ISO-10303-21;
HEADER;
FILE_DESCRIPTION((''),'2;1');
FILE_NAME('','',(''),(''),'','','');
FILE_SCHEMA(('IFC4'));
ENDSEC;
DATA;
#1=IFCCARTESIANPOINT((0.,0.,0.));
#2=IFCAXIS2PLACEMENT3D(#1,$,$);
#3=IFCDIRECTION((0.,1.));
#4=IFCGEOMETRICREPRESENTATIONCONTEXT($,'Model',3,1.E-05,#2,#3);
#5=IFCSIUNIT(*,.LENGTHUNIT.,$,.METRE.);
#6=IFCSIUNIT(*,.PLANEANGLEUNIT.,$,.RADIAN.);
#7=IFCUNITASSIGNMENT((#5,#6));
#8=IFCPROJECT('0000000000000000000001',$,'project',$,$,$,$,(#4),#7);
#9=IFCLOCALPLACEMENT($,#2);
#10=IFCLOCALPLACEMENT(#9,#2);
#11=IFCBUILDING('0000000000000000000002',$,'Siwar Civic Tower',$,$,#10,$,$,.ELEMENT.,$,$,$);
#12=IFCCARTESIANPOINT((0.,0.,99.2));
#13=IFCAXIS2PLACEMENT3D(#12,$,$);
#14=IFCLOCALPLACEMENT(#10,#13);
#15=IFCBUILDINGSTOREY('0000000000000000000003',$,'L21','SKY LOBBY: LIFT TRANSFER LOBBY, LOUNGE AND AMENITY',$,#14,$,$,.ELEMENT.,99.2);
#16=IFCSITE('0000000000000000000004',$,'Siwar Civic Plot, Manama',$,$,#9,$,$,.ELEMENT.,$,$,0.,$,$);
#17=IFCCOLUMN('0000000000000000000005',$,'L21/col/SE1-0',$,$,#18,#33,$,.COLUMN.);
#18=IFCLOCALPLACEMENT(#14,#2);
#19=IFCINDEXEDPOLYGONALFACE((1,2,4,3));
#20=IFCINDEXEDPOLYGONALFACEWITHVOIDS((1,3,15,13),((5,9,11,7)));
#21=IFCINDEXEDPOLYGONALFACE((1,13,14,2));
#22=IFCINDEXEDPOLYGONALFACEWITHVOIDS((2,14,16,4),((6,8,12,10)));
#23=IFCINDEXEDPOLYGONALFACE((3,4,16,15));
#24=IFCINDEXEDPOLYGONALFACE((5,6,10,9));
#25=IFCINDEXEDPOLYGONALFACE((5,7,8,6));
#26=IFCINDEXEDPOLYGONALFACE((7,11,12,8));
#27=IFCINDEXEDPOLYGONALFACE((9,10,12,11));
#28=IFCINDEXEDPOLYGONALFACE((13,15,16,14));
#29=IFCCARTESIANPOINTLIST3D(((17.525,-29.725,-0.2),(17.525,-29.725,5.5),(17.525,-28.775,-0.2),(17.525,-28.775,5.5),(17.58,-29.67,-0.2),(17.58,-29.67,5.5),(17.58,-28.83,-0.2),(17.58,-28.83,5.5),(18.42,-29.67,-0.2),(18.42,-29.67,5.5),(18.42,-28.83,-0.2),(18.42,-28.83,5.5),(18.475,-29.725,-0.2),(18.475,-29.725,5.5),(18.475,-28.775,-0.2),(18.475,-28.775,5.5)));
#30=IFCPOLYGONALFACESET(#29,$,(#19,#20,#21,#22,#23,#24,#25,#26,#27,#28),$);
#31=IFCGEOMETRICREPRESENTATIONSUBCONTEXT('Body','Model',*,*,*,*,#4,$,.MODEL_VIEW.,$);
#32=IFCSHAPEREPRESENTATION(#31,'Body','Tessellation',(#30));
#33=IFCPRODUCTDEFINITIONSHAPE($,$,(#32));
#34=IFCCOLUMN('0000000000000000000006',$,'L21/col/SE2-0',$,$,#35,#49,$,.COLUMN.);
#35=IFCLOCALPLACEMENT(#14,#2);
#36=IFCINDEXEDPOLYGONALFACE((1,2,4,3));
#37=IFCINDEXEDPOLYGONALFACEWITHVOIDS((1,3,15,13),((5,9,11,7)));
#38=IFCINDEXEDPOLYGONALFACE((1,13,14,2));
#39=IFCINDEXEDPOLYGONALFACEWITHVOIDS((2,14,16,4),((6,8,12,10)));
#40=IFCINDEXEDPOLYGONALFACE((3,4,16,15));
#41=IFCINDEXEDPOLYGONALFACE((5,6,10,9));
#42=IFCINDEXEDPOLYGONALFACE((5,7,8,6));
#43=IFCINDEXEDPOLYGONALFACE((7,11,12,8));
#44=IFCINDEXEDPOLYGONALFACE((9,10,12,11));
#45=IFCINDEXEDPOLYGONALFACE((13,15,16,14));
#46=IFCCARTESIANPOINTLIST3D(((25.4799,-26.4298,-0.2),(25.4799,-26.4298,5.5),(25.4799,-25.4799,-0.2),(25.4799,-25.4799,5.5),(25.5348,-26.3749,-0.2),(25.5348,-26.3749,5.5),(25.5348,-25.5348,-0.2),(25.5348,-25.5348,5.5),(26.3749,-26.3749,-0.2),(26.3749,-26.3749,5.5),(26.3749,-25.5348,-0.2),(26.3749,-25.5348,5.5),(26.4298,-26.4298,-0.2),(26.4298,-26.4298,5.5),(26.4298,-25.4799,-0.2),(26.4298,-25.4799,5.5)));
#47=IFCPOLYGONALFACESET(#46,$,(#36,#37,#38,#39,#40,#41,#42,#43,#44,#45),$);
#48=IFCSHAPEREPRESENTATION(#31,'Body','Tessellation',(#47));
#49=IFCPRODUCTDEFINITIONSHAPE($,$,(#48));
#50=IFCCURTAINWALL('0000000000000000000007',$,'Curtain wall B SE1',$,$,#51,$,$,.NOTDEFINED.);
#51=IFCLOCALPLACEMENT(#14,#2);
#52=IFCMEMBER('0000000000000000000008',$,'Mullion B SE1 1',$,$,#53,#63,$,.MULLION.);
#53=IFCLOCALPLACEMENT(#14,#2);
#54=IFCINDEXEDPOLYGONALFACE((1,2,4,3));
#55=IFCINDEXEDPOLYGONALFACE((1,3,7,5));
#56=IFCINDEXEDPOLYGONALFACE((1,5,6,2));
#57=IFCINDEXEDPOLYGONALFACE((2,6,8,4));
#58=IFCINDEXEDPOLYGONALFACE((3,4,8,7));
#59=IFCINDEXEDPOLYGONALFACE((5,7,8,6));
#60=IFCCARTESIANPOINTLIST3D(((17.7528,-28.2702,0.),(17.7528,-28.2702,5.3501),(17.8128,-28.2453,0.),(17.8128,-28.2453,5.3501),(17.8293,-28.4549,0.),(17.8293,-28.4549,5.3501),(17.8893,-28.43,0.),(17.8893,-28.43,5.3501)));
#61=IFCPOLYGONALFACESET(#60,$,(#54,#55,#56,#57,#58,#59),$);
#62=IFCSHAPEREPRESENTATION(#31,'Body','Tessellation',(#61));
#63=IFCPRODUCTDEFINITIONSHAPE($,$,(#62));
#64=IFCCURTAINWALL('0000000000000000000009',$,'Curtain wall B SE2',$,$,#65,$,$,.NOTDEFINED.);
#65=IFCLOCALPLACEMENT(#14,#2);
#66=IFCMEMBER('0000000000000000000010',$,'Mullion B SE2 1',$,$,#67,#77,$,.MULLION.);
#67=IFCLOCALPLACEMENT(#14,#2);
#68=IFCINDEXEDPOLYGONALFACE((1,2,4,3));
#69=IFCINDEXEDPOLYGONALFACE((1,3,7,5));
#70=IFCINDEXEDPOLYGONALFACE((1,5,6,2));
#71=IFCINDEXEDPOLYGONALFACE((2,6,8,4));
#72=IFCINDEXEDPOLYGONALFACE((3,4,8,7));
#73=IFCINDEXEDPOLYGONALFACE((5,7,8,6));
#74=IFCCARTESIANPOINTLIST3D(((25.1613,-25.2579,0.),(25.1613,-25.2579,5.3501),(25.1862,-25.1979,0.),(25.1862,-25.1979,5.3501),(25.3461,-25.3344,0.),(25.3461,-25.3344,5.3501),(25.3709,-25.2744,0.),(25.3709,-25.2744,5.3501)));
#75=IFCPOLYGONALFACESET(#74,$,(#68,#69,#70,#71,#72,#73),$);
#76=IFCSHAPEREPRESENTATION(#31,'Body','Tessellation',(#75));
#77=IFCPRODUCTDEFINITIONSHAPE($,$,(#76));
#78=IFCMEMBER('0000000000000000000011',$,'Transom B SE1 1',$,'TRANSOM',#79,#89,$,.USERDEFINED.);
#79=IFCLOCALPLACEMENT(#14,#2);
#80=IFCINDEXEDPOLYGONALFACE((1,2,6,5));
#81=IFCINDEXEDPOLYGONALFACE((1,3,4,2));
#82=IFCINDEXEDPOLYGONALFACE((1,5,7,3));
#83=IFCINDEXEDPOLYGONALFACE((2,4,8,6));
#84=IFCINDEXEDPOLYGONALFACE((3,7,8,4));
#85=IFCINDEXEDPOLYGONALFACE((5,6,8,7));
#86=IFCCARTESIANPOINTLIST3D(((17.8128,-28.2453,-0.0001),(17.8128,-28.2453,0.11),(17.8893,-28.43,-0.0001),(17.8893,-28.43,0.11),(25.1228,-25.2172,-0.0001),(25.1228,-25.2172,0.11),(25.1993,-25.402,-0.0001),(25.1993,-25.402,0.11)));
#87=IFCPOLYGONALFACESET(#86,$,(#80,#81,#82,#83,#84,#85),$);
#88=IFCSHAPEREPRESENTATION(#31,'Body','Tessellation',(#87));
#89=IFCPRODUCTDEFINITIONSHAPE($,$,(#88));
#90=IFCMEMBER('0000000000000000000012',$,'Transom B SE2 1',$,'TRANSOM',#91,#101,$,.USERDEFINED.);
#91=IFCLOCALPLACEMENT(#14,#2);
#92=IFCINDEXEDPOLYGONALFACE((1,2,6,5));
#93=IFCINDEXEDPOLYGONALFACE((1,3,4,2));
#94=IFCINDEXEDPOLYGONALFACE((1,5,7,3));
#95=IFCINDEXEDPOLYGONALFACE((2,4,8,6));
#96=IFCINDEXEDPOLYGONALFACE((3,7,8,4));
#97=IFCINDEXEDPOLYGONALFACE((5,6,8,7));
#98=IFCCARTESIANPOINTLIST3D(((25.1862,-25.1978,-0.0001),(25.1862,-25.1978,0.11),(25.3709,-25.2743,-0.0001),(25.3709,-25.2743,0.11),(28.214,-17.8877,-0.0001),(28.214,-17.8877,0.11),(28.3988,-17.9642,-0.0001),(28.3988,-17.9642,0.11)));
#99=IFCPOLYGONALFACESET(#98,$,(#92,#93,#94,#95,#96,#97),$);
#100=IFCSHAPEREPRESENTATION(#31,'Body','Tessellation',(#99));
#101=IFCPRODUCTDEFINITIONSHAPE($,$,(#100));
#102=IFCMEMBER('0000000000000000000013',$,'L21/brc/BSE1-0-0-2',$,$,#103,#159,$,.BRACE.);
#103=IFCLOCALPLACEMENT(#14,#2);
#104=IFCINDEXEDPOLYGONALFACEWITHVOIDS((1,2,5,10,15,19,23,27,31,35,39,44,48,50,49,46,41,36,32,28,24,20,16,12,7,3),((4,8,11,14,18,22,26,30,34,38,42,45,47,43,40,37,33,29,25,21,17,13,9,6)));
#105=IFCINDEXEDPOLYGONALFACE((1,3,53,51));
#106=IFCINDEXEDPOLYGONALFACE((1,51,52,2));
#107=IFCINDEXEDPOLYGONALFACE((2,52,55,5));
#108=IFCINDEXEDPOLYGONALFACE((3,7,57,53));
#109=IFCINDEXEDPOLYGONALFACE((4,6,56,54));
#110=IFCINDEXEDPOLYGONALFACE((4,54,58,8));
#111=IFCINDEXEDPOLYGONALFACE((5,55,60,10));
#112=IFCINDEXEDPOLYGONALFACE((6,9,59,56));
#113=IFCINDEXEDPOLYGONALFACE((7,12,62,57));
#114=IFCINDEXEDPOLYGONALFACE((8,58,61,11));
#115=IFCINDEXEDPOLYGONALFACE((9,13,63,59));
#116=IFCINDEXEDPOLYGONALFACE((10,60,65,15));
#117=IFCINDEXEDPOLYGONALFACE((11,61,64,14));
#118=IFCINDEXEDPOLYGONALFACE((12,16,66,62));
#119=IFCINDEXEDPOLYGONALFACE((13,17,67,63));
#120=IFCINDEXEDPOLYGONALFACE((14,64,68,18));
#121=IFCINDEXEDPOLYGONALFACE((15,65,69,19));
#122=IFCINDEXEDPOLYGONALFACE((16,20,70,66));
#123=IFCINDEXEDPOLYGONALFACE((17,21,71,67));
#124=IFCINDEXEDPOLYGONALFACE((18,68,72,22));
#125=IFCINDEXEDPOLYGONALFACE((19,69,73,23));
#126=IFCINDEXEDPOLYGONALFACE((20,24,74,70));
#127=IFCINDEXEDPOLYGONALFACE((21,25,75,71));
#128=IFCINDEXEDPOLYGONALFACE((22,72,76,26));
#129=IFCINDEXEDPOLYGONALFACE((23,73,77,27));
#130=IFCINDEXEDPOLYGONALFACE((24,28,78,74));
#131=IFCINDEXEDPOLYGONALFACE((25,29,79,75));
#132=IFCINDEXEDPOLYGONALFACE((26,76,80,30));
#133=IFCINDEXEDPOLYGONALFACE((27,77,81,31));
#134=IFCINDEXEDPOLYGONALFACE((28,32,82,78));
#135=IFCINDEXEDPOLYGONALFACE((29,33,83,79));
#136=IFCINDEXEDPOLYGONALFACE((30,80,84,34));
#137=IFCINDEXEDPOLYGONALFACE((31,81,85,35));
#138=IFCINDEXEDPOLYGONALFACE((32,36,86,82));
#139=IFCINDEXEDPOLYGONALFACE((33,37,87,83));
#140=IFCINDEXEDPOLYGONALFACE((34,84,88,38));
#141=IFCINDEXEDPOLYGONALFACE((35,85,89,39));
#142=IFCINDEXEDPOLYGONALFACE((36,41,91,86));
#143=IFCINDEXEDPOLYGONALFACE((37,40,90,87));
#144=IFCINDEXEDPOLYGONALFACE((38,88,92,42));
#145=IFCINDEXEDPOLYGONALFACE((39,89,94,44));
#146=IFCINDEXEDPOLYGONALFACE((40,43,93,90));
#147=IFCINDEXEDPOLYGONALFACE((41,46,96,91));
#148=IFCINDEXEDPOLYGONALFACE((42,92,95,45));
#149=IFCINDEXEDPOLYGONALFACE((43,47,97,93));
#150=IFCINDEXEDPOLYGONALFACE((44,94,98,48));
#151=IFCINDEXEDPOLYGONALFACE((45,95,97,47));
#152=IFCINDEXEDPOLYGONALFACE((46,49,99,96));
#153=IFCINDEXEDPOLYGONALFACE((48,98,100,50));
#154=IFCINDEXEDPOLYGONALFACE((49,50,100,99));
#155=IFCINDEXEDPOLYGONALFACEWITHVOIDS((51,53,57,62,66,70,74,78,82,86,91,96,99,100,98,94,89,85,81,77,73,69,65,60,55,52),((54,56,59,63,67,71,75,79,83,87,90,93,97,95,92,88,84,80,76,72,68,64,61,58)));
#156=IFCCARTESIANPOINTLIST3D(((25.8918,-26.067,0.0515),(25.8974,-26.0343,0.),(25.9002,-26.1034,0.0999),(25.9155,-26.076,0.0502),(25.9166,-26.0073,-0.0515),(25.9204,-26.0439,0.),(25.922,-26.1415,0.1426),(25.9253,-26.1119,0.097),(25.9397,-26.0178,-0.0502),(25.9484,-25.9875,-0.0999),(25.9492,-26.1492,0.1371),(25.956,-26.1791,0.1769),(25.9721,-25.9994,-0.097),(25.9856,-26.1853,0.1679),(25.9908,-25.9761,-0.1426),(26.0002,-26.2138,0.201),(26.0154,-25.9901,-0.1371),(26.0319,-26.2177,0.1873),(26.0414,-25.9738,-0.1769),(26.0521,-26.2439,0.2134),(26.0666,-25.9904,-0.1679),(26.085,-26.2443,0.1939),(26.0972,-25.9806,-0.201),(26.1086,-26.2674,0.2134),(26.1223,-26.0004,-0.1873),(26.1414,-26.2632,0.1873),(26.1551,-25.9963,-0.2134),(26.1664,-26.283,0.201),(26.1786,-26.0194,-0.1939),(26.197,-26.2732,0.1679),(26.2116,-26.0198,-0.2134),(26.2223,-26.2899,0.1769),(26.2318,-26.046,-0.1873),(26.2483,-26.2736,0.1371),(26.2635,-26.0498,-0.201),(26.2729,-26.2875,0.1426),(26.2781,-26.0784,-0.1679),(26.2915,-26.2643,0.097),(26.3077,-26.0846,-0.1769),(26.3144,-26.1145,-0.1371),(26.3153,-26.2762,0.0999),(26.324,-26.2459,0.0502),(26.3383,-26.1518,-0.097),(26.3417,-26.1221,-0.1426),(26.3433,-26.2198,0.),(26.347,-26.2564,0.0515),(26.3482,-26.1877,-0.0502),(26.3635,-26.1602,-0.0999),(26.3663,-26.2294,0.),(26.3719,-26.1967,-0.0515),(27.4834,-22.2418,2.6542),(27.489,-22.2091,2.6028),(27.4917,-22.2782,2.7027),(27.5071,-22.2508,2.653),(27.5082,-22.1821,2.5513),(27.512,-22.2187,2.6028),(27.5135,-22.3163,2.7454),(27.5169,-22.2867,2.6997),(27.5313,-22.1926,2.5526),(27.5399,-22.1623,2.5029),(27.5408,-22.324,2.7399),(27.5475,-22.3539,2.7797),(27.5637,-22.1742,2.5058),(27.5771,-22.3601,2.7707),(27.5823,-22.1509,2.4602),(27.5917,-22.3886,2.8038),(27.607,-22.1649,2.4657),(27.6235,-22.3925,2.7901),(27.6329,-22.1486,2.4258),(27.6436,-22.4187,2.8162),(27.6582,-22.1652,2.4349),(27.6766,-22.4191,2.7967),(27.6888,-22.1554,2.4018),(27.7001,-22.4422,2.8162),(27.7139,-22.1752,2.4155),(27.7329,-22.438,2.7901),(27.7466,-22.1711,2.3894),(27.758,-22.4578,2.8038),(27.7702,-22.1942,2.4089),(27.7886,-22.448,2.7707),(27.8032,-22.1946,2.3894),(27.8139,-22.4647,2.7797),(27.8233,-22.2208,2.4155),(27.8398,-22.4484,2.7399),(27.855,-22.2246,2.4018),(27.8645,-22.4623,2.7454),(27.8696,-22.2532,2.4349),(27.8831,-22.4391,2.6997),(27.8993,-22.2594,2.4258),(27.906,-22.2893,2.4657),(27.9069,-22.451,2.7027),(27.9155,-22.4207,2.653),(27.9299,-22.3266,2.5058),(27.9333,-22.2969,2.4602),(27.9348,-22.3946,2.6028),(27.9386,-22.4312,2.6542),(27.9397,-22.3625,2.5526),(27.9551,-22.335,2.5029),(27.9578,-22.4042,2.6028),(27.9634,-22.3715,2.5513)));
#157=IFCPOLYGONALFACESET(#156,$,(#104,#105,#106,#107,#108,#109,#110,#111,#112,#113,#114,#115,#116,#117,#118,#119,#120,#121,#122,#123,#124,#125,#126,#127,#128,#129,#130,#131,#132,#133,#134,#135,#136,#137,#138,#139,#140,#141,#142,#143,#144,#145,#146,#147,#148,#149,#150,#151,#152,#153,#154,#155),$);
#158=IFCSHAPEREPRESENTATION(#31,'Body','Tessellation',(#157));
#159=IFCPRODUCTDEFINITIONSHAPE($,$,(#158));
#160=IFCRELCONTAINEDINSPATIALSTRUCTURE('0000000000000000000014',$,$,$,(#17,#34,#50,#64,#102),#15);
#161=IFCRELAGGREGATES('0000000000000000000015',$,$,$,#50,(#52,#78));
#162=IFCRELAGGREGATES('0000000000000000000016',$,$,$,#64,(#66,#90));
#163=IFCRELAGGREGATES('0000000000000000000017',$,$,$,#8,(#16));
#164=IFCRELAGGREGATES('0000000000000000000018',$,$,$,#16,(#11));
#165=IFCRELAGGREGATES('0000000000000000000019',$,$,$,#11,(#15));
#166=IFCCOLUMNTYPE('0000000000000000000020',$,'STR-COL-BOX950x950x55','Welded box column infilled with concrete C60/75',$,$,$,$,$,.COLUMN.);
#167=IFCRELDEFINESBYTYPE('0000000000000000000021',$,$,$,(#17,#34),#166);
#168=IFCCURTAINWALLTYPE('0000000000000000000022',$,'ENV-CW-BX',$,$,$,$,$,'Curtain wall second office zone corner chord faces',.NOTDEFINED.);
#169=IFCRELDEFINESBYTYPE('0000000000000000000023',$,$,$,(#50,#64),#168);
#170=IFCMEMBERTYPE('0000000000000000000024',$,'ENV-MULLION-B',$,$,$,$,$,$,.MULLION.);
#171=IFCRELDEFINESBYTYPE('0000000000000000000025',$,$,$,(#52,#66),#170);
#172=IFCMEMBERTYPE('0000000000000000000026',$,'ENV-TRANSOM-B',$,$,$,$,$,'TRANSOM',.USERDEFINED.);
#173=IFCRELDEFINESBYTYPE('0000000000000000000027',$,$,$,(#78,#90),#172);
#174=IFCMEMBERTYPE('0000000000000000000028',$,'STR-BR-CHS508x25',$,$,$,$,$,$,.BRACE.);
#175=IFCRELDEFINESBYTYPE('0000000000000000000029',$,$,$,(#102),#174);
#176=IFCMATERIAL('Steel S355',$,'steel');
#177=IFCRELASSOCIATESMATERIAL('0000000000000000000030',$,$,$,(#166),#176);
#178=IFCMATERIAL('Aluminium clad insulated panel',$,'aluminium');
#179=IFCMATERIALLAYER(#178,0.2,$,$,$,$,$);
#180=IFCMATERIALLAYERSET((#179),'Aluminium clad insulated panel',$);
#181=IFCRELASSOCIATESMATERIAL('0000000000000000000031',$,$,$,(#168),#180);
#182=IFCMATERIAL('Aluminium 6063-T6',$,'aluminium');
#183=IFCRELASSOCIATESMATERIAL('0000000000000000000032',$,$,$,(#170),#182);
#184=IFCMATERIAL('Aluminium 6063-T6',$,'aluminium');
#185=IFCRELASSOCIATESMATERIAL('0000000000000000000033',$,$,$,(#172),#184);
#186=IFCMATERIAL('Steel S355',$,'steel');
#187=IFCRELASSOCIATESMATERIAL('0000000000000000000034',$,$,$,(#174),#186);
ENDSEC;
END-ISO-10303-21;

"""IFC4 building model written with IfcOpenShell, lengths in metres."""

from ifc_helpers import new_model, si_unit, direction, frame, origin, origin_2d, place, context, subcontext, project, spatial, rectangle, hollow_rectangle, hollow_circle, extrude, material, layer, layer_set, material_profile, profile_set, type_object, element, aggregate, save


model = new_model("IFC4")

# Units and contexts
model_context = context("Model", 3, precision=1e-05, world=origin(), true_north=direction((0.0, 1.0)))
body_context = subcontext(model_context, "Body", "Model", "MODEL_VIEW")
ifc_project = project(units=[si_unit("LENGTHUNIT", "METRE"), si_unit("PLANEANGLEUNIT", "RADIAN")], contexts=[model_context])

# Site, building, storey
site_placement = place(None, origin())
site = spatial("IfcSite", under=ifc_project, at=site_placement, Name="Siwar Civic Plot, Manama", CompositionType="ELEMENT", RefElevation=0.0)
building_placement = place(site_placement, origin())
building = spatial("IfcBuilding", under=site, at=building_placement, Name="Siwar Civic Tower", CompositionType="ELEMENT")
storey_placement = place(building_placement, frame((0.0, 0.0, 99.2)))
storey = spatial("IfcBuildingStorey", under=building, at=storey_placement, Name="L21", Description="SKY LOBBY: LIFT TRANSFER LOBBY, LOUNGE AND AMENITY", CompositionType="ELEMENT", Elevation=99.2)

# Columns
ifc_material_1 = material(Name="Steel S355", Category="steel")
ifc_material_profile_1 = material_profile(ifc_material_1, hollow_rectangle(XDim=0.95, YDim=0.95, WallThickness=0.0549, at=origin_2d()), Name="BOX950x950x55")
ifc_profile_set_1 = profile_set([ifc_material_profile_1], Name="Steel S355")
column_type = type_object("IfcColumnType", Name="STR-COL-BOX950x950x55", Description="Welded box column infilled with concrete C60/75", PredefinedType="COLUMN", material=ifc_profile_set_1)
for number, where, z_axis, x_axis, name in (
    (1, (18.0, -29.25, -0.2), (0.0, 0.0, 1.0), (1.0, 0.0, 0.0), "L21/col/SE1-0"),
    (2, (25.9548, -25.9548, -0.2), (0.0, 0.0, 1.0), (1.0, 0.0, 0.0), "L21/col/SE2-0"),
):
    element("IfcColumn", number, at=place(storey_placement, frame(where, z_axis=z_axis, x_axis=x_axis)), inside=storey, type_object=column_type, Name=name, PredefinedType="COLUMN", context=body_context, shape_type="SweptSolid", body=[
        extrude(hollow_rectangle(XDim=0.95, YDim=0.95, WallThickness=0.0549, at=origin_2d()), origin(), (0.0, 0.0, 1.0), 5.7),
    ])

# Curtain walls, members
ifc_material_2 = material(Name="Aluminium clad insulated panel", Category="aluminium")
ifc_layer_1 = layer(ifc_material_2, 0.2)
ifc_layer_set_1 = layer_set([ifc_layer_1], Name="Aluminium clad insulated panel")
curtain_wall_type = type_object("IfcCurtainWallType", Name="ENV-CW-BX", ElementType="Curtain wall second office zone corner chord faces", PredefinedType="NOTDEFINED", material=ifc_layer_set_1)
curtain_wall_1_placement = place(storey_placement, origin())
curtain_wall_1 = element("IfcCurtainWall", 3, at=curtain_wall_1_placement, inside=storey, type_object=curtain_wall_type, Name="Curtain wall B SE1", PredefinedType="NOTDEFINED")
ifc_material_3 = material(Name="Aluminium 6063-T6", Category="aluminium")
ifc_material_profile_2 = material_profile(ifc_material_3, rectangle(XDim=0.2, YDim=0.0649, at=origin_2d()), Name="AL 200x65")
ifc_profile_set_2 = profile_set([ifc_material_profile_2], Name="Aluminium 6063-T6")
member_type_1 = type_object("IfcMemberType", Name="ENV-MULLION-B", PredefinedType="MULLION", material=ifc_profile_set_2)
member_1_placement = place(storey_placement, frame((17.821, -28.3501, 0.0), z_axis=(0.0, 0.0, 1.0), x_axis=(-0.382683, 0.92388, 0.0)))
member_1 = element("IfcMember", 4, at=member_1_placement, type_object=member_type_1, Name="Mullion B SE1 1", PredefinedType="MULLION", context=body_context, shape_type="SweptSolid", body=[
    extrude(rectangle(XDim=0.2, YDim=0.0649, at=origin_2d()), origin(), (0.0, 0.0, 1.0), 5.3501),
])
curtain_wall_2_placement = place(storey_placement, origin())
curtain_wall_2 = element("IfcCurtainWall", 5, at=curtain_wall_2_placement, inside=storey, type_object=curtain_wall_type, Name="Curtain wall B SE2", PredefinedType="NOTDEFINED")
member_2_placement = place(storey_placement, frame((25.2661, -25.2661, 0.0), z_axis=(0.0, 0.0, 1.0), x_axis=(-0.92388, 0.382683, 0.0)))
member_2 = element("IfcMember", 6, at=member_2_placement, type_object=member_type_1, Name="Mullion B SE2 1", PredefinedType="MULLION", context=body_context, shape_type="SweptSolid", body=[
    extrude(rectangle(XDim=0.2, YDim=0.0649, at=origin_2d()), origin(), (0.0, 0.0, 1.0), 5.3501),
])

# Members
ifc_material_4 = material(Name="Aluminium 6063-T6", Category="aluminium")
ifc_material_profile_3 = material_profile(ifc_material_4, rectangle(XDim=0.2, YDim=0.1101, at=origin_2d()), Name="AL 200x110")
ifc_profile_set_3 = profile_set([ifc_material_profile_3], Name="Aluminium 6063-T6")
member_type_2 = type_object("IfcMemberType", Name="ENV-TRANSOM-B", ElementType="TRANSOM", PredefinedType="USERDEFINED", material=ifc_profile_set_3)
member_3_placement = place(storey_placement, frame((17.8511, -28.3376, 0.0549), z_axis=(0.923873, 0.3827, 0.0), x_axis=(-0.3827, 0.923873, 0.0)))
member_3 = element("IfcMember", 7, at=member_3_placement, type_object=member_type_2, Name="Transom B SE1 1", ObjectType="TRANSOM", PredefinedType="USERDEFINED", context=body_context, shape_type="SweptSolid", body=[
    extrude(rectangle(XDim=0.2, YDim=0.1101, at=origin_2d()), origin(), (0.0, 0.0, 1.0), 7.9124),
])
member_4_placement = place(storey_placement, frame((25.2786, -25.2361, 0.0549), z_axis=(0.382673, 0.923884, 0.0), x_axis=(-0.923884, 0.382673, 0.0)))
member_4 = element("IfcMember", 8, at=member_4_placement, type_object=member_type_2, Name="Transom B SE2 1", ObjectType="TRANSOM", PredefinedType="USERDEFINED", context=body_context, shape_type="SweptSolid", body=[
    extrude(rectangle(XDim=0.2, YDim=0.1101, at=origin_2d()), origin(), (0.0, 0.0, 1.0), 7.9124),
])

# Member
ifc_material_5 = material(Name="Steel S355", Category="steel")
ifc_material_profile_4 = material_profile(ifc_material_5, hollow_circle(Radius=0.2539, WallThickness=0.0249, at=origin_2d()), Name="CHS508x25")
ifc_profile_set_4 = profile_set([ifc_material_profile_4], Name="Steel S355")
member_type_3 = type_object("IfcMemberType", Name="STR-BR-CHS508x25", PredefinedType="BRACE", material=ifc_profile_set_4)
member_5_placement = place(storey_placement, frame((26.1318, -26.1318, 0.0), z_axis=(0.325284, 0.781798, 0.53196), x_axis=(-0.923272, 0.384147, 0.0)))
element("IfcMember", 9, at=member_5_placement, inside=storey, type_object=member_type_3, Name="L21/brc/BSE1-0-0-2", PredefinedType="BRACE", context=body_context, shape_type="SweptSolid", body=[
    extrude(hollow_circle(Radius=0.2539, WallThickness=0.0249, at=origin_2d()), origin(), (0.0, 0.0, 1.0), 4.8928),
])

aggregate(curtain_wall_1, [member_1, member_3])
aggregate(curtain_wall_2, [member_2, member_4])

save(model, "model.ifc")
